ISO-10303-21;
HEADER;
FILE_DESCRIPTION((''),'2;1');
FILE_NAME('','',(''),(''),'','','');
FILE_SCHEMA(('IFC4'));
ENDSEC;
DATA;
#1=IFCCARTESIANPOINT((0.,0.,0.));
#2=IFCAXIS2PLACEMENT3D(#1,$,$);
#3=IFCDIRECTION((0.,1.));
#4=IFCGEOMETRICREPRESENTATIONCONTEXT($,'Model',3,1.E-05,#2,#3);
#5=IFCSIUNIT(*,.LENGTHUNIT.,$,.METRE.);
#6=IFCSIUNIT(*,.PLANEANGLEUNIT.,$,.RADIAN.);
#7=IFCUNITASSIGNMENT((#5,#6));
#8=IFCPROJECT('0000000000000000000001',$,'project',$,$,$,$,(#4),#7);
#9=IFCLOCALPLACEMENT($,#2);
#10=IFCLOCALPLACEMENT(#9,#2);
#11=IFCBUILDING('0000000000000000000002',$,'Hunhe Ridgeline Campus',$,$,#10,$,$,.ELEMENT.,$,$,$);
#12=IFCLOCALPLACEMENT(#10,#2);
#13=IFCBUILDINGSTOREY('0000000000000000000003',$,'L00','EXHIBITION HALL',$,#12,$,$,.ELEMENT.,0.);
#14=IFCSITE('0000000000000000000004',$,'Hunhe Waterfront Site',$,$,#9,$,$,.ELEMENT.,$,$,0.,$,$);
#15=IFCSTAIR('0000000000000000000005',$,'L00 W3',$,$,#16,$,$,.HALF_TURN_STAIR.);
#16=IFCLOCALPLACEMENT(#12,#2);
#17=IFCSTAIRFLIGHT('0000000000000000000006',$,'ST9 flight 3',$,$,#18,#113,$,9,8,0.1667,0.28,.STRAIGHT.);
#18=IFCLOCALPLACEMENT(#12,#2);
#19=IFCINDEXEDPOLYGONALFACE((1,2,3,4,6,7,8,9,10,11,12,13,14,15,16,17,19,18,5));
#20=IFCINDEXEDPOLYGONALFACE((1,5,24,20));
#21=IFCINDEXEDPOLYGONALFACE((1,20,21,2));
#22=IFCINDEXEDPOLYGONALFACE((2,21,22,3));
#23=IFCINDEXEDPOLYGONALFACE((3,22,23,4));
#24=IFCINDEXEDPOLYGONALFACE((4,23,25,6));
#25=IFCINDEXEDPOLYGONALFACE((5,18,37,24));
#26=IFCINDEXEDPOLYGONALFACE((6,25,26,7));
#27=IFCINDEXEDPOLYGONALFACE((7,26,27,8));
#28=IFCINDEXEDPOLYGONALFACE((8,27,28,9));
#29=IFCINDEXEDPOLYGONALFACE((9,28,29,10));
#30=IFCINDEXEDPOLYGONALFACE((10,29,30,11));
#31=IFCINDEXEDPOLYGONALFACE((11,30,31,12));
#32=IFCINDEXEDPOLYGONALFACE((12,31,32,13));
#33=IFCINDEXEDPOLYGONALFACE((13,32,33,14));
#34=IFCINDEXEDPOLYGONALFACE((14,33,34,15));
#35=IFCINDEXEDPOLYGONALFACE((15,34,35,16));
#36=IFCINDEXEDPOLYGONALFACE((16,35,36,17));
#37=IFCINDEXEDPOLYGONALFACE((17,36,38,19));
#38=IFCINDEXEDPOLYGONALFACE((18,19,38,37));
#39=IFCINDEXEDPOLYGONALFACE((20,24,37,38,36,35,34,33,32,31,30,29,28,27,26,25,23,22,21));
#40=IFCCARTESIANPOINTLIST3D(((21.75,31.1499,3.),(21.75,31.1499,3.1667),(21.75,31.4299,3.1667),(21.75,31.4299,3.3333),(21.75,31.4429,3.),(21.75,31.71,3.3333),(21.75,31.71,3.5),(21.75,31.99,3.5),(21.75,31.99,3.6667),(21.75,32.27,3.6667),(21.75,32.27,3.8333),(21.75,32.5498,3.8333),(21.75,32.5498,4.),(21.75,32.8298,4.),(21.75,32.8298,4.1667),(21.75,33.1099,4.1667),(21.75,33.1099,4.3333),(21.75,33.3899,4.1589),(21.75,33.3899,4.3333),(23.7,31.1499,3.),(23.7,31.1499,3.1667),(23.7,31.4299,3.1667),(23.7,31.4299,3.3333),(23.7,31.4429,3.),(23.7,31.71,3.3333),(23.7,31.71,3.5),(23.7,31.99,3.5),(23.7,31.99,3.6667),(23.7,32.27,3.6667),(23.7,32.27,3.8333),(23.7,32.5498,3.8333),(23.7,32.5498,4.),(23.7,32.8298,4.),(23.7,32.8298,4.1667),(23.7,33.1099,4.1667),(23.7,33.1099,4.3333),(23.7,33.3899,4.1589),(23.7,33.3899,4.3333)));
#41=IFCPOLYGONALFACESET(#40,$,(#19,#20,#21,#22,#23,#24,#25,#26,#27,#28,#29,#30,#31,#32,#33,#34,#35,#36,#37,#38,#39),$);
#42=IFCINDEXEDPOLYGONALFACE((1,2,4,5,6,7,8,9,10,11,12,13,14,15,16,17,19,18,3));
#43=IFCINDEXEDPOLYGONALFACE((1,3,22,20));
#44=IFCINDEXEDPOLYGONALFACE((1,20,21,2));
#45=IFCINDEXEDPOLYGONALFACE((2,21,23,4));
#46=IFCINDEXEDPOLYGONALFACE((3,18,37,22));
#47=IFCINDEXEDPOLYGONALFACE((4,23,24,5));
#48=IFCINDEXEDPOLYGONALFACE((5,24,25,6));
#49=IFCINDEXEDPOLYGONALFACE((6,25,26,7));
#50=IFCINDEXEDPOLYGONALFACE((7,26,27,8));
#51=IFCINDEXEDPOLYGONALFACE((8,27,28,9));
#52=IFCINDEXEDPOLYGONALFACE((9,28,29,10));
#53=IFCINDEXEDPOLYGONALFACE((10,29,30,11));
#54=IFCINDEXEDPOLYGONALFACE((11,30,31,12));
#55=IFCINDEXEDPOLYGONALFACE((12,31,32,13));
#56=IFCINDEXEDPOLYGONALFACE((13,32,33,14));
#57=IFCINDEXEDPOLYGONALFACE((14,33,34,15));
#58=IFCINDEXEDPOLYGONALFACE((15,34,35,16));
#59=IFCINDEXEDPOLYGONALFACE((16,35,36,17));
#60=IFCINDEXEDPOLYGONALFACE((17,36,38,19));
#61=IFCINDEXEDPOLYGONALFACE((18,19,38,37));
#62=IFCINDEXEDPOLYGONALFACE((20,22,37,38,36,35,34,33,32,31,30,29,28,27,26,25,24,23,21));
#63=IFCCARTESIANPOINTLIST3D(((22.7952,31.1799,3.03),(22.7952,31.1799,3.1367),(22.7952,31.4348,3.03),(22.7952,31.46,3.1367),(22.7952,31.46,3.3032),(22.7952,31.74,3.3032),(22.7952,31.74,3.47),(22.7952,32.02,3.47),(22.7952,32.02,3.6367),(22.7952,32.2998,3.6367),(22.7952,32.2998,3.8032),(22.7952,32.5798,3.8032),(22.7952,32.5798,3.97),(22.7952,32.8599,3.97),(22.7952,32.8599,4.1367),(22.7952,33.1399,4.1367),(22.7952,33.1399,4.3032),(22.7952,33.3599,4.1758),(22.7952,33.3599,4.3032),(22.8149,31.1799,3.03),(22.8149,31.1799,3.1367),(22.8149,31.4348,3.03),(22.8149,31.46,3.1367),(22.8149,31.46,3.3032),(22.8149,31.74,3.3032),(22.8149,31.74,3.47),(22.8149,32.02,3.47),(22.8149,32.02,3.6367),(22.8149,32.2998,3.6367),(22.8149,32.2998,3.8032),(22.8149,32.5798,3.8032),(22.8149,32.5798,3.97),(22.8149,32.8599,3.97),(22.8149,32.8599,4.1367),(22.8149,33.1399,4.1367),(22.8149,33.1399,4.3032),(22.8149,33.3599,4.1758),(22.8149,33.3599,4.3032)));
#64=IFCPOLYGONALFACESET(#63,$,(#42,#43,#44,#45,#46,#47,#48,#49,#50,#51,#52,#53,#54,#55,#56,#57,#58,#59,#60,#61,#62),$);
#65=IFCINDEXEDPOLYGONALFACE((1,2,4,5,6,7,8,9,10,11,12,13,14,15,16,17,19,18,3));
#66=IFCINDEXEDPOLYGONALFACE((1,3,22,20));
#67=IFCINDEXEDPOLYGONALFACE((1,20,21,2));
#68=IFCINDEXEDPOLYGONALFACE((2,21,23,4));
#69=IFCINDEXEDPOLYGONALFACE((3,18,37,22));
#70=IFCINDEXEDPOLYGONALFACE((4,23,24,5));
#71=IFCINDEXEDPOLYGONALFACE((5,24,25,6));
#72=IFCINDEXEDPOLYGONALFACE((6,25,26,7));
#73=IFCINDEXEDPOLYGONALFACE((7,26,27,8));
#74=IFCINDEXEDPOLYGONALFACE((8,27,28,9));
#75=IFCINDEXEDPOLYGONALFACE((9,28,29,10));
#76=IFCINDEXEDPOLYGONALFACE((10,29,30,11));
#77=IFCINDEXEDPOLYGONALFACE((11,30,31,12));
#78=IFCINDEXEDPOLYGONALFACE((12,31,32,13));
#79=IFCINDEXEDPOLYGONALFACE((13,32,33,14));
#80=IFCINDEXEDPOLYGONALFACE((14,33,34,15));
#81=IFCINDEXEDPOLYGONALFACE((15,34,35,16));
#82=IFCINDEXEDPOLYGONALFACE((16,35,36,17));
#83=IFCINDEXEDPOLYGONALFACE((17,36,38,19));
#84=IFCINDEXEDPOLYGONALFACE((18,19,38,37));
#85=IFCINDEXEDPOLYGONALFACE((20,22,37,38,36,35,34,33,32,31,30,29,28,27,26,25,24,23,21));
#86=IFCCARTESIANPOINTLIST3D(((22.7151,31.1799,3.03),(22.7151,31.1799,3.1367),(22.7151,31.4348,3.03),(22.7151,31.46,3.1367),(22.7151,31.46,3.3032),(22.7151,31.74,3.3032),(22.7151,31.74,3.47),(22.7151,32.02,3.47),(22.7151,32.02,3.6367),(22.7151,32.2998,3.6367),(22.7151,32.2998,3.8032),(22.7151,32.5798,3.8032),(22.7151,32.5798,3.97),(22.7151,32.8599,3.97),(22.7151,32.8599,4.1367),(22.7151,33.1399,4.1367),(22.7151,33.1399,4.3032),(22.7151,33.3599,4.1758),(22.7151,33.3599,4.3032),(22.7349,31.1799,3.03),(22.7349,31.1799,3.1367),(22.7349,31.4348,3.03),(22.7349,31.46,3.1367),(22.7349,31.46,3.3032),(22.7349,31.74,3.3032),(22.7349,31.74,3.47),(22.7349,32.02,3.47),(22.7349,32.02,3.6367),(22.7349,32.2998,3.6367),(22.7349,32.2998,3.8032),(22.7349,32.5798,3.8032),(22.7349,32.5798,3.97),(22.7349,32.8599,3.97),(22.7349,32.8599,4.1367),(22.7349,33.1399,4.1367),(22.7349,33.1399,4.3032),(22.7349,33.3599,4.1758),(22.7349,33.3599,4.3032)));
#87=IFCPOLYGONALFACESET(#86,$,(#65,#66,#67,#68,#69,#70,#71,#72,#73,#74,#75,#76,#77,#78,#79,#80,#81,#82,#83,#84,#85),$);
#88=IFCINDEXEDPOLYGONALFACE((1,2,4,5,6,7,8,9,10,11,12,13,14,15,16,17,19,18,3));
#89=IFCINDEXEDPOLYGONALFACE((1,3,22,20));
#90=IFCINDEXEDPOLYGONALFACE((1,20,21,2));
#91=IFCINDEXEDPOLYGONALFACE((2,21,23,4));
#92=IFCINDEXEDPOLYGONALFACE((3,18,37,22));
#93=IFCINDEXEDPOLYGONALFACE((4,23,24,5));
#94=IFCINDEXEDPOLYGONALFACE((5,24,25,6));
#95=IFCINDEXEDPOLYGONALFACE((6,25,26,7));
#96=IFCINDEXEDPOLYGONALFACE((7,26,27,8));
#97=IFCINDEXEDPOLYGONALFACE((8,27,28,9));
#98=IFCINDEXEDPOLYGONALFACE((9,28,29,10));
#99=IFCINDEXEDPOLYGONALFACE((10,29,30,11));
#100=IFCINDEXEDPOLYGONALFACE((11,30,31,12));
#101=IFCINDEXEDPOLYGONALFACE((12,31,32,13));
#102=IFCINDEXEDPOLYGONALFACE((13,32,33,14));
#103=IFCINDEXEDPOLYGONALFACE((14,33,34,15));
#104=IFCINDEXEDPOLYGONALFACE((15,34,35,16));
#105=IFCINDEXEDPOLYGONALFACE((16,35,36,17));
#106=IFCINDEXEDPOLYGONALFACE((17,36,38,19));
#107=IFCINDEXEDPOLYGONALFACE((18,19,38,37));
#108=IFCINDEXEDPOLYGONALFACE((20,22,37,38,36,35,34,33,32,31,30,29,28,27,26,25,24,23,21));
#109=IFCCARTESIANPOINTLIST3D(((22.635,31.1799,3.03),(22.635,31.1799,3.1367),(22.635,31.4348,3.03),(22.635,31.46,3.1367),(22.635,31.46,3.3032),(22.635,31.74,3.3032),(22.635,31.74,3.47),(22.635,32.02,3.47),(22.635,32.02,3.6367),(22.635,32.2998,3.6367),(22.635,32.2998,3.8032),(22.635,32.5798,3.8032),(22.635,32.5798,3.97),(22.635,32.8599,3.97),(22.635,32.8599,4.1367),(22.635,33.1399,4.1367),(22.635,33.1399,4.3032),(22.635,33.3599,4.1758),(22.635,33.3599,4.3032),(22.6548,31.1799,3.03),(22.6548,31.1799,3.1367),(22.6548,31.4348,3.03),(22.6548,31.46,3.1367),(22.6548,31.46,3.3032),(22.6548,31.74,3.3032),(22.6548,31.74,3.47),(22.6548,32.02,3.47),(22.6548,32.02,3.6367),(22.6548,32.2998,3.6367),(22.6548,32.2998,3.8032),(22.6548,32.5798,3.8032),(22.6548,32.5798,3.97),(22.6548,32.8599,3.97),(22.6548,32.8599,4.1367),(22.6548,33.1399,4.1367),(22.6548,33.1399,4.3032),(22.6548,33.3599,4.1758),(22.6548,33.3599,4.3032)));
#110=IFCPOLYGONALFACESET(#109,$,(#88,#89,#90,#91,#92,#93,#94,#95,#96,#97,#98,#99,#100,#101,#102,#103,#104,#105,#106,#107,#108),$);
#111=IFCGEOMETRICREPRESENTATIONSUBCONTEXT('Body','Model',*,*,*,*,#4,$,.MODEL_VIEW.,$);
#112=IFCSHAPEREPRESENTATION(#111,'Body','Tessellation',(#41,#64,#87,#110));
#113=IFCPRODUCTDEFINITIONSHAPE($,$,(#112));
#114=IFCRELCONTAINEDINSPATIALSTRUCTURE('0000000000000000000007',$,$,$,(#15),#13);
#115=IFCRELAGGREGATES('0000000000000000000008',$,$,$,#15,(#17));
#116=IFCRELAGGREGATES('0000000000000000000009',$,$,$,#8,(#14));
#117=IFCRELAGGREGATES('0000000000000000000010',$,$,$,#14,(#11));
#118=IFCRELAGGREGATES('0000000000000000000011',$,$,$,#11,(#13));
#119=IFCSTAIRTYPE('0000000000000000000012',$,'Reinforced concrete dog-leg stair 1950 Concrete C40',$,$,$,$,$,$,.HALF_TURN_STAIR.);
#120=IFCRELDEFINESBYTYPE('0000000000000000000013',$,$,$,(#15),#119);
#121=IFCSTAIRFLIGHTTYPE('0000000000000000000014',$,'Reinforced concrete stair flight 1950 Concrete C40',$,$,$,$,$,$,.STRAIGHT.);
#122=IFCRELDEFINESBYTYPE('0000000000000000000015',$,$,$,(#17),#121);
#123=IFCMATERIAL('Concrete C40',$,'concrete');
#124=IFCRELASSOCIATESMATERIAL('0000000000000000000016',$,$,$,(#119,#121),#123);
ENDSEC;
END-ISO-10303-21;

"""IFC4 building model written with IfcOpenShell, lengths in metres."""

from ifc_helpers import new_model, si_unit, direction, frame, origin, place, context, subcontext, project, spatial, polyline, outline, extrude, material, type_object, element, aggregate, save


model = new_model("IFC4")

# Units and contexts
model_context = context("Model", 3, precision=1e-05, world=origin(), true_north=direction((0.0, 1.0)))
body_context = subcontext(model_context, "Body", "Model", "MODEL_VIEW")
ifc_project = project(units=[si_unit("LENGTHUNIT", "METRE"), si_unit("PLANEANGLEUNIT", "RADIAN")], contexts=[model_context])

# Site, building, storey
site_placement = place(None, origin())
site = spatial("IfcSite", under=ifc_project, at=site_placement, Name="Hunhe Waterfront Site", CompositionType="ELEMENT", RefElevation=0.0)
building_placement = place(site_placement, origin())
building = spatial("IfcBuilding", under=site, at=building_placement, Name="Hunhe Ridgeline Campus", CompositionType="ELEMENT")
storey_placement = place(building_placement, origin())
storey = spatial("IfcBuildingStorey", under=building, at=storey_placement, Name="L00", Description="EXHIBITION HALL", CompositionType="ELEMENT", Elevation=0.0)

# Shared definitions
ifc_material_1 = material(Name="Concrete C40", Category="concrete")

# Stair, stair flight
stair_type = type_object("IfcStairType", Name="Reinforced concrete dog-leg stair 1950 Concrete C40", PredefinedType="HALF_TURN_STAIR", material=ifc_material_1)
stair_1_placement = place(storey_placement, origin())
stair_1 = element("IfcStair", 1, at=stair_1_placement, inside=storey, type_object=stair_type, Name="L00 W3", PredefinedType="HALF_TURN_STAIR")
stair_flight_type = type_object("IfcStairFlightType", Name="Reinforced concrete stair flight 1950 Concrete C40", PredefinedType="STRAIGHT", material=ifc_material_1)
stair_flight_1_placement = place(storey_placement, frame((22.7251, 31.1499, 3.0), z_axis=(0.0, 0.0, 1.0), x_axis=(0.0, 1.0, 0.0)))
stair_flight_1 = element("IfcStairFlight", 2, at=stair_flight_1_placement, type_object=stair_flight_type, Name="ST9 flight 3", NumberOfRisers=9, NumberOfTreads=8, PredefinedType="STRAIGHT", RiserHeight=0.1667, TreadLength=0.28, context=body_context, shape_type="SweptSolid", body=[
    extrude(outline(polyline([(0.0, 0.0), (0.0, 0.1667), (0.28, 0.1667), (0.28, 0.3333), (0.5601, 0.3333), (0.5601, 0.5), (0.8401, 0.5), (0.8401, 0.6667), (1.1201, 0.6667), (1.1201, 0.8333), (1.3999, 0.8333), (1.3999, 1.0), (1.6799, 1.0), (1.6799, 1.1667), (1.96, 1.1667), (1.96, 1.3333), (2.24, 1.3333), (2.24, 1.5), (2.24, 1.1589), (0.293, 0.0), (0.0, 0.0)])), frame((0.0, 0.9751, 0.0), z_axis=(0.0, -1.0, 0.0), x_axis=(1.0, 0.0, 0.0)), (0.0, 0.0, 1.0), 1.95),
    extrude(outline(polyline([(0.03, 0.03), (0.03, 0.1367), (0.3101, 0.1367), (0.3101, 0.3032), (0.5901, 0.3032), (0.5901, 0.47), (0.8701, 0.47), (0.8701, 0.6367), (1.1499, 0.6367), (1.1499, 0.8032), (1.4299, 0.8032), (1.4299, 0.97), (1.71, 0.97), (1.71, 1.1367), (1.99, 1.1367), (1.99, 1.3032), (2.21, 1.3032), (2.21, 1.1758), (0.2849, 0.03), (0.03, 0.03)])), frame((0.0, -0.0701, 0.0), z_axis=(0.0, -1.0, 0.0), x_axis=(1.0, 0.0, 0.0)), (0.0, 0.0, 1.0), 0.0198),
    extrude(outline(polyline([(0.03, 0.03), (0.03, 0.1367), (0.3101, 0.1367), (0.3101, 0.3032), (0.5901, 0.3032), (0.5901, 0.47), (0.8701, 0.47), (0.8701, 0.6367), (1.1499, 0.6367), (1.1499, 0.8032), (1.4299, 0.8032), (1.4299, 0.97), (1.71, 0.97), (1.71, 1.1367), (1.99, 1.1367), (1.99, 1.3032), (2.21, 1.3032), (2.21, 1.1758), (0.2849, 0.03), (0.03, 0.03)])), frame((0.0, 0.01, 0.0), z_axis=(0.0, -1.0, 0.0), x_axis=(1.0, 0.0, 0.0)), (0.0, 0.0, 1.0), 0.0198),
    extrude(outline(polyline([(0.03, 0.03), (0.03, 0.1367), (0.3101, 0.1367), (0.3101, 0.3032), (0.5901, 0.3032), (0.5901, 0.47), (0.8701, 0.47), (0.8701, 0.6367), (1.1499, 0.6367), (1.1499, 0.8032), (1.4299, 0.8032), (1.4299, 0.97), (1.71, 0.97), (1.71, 1.1367), (1.99, 1.1367), (1.99, 1.3032), (2.21, 1.3032), (2.21, 1.1758), (0.2849, 0.03), (0.03, 0.03)])), frame((0.0, 0.0901, 0.0), z_axis=(0.0, -1.0, 0.0), x_axis=(1.0, 0.0, 0.0)), (0.0, 0.0, 1.0), 0.0198),
])
aggregate(stair_1, [stair_flight_1])

save(model, "model.ifc")
